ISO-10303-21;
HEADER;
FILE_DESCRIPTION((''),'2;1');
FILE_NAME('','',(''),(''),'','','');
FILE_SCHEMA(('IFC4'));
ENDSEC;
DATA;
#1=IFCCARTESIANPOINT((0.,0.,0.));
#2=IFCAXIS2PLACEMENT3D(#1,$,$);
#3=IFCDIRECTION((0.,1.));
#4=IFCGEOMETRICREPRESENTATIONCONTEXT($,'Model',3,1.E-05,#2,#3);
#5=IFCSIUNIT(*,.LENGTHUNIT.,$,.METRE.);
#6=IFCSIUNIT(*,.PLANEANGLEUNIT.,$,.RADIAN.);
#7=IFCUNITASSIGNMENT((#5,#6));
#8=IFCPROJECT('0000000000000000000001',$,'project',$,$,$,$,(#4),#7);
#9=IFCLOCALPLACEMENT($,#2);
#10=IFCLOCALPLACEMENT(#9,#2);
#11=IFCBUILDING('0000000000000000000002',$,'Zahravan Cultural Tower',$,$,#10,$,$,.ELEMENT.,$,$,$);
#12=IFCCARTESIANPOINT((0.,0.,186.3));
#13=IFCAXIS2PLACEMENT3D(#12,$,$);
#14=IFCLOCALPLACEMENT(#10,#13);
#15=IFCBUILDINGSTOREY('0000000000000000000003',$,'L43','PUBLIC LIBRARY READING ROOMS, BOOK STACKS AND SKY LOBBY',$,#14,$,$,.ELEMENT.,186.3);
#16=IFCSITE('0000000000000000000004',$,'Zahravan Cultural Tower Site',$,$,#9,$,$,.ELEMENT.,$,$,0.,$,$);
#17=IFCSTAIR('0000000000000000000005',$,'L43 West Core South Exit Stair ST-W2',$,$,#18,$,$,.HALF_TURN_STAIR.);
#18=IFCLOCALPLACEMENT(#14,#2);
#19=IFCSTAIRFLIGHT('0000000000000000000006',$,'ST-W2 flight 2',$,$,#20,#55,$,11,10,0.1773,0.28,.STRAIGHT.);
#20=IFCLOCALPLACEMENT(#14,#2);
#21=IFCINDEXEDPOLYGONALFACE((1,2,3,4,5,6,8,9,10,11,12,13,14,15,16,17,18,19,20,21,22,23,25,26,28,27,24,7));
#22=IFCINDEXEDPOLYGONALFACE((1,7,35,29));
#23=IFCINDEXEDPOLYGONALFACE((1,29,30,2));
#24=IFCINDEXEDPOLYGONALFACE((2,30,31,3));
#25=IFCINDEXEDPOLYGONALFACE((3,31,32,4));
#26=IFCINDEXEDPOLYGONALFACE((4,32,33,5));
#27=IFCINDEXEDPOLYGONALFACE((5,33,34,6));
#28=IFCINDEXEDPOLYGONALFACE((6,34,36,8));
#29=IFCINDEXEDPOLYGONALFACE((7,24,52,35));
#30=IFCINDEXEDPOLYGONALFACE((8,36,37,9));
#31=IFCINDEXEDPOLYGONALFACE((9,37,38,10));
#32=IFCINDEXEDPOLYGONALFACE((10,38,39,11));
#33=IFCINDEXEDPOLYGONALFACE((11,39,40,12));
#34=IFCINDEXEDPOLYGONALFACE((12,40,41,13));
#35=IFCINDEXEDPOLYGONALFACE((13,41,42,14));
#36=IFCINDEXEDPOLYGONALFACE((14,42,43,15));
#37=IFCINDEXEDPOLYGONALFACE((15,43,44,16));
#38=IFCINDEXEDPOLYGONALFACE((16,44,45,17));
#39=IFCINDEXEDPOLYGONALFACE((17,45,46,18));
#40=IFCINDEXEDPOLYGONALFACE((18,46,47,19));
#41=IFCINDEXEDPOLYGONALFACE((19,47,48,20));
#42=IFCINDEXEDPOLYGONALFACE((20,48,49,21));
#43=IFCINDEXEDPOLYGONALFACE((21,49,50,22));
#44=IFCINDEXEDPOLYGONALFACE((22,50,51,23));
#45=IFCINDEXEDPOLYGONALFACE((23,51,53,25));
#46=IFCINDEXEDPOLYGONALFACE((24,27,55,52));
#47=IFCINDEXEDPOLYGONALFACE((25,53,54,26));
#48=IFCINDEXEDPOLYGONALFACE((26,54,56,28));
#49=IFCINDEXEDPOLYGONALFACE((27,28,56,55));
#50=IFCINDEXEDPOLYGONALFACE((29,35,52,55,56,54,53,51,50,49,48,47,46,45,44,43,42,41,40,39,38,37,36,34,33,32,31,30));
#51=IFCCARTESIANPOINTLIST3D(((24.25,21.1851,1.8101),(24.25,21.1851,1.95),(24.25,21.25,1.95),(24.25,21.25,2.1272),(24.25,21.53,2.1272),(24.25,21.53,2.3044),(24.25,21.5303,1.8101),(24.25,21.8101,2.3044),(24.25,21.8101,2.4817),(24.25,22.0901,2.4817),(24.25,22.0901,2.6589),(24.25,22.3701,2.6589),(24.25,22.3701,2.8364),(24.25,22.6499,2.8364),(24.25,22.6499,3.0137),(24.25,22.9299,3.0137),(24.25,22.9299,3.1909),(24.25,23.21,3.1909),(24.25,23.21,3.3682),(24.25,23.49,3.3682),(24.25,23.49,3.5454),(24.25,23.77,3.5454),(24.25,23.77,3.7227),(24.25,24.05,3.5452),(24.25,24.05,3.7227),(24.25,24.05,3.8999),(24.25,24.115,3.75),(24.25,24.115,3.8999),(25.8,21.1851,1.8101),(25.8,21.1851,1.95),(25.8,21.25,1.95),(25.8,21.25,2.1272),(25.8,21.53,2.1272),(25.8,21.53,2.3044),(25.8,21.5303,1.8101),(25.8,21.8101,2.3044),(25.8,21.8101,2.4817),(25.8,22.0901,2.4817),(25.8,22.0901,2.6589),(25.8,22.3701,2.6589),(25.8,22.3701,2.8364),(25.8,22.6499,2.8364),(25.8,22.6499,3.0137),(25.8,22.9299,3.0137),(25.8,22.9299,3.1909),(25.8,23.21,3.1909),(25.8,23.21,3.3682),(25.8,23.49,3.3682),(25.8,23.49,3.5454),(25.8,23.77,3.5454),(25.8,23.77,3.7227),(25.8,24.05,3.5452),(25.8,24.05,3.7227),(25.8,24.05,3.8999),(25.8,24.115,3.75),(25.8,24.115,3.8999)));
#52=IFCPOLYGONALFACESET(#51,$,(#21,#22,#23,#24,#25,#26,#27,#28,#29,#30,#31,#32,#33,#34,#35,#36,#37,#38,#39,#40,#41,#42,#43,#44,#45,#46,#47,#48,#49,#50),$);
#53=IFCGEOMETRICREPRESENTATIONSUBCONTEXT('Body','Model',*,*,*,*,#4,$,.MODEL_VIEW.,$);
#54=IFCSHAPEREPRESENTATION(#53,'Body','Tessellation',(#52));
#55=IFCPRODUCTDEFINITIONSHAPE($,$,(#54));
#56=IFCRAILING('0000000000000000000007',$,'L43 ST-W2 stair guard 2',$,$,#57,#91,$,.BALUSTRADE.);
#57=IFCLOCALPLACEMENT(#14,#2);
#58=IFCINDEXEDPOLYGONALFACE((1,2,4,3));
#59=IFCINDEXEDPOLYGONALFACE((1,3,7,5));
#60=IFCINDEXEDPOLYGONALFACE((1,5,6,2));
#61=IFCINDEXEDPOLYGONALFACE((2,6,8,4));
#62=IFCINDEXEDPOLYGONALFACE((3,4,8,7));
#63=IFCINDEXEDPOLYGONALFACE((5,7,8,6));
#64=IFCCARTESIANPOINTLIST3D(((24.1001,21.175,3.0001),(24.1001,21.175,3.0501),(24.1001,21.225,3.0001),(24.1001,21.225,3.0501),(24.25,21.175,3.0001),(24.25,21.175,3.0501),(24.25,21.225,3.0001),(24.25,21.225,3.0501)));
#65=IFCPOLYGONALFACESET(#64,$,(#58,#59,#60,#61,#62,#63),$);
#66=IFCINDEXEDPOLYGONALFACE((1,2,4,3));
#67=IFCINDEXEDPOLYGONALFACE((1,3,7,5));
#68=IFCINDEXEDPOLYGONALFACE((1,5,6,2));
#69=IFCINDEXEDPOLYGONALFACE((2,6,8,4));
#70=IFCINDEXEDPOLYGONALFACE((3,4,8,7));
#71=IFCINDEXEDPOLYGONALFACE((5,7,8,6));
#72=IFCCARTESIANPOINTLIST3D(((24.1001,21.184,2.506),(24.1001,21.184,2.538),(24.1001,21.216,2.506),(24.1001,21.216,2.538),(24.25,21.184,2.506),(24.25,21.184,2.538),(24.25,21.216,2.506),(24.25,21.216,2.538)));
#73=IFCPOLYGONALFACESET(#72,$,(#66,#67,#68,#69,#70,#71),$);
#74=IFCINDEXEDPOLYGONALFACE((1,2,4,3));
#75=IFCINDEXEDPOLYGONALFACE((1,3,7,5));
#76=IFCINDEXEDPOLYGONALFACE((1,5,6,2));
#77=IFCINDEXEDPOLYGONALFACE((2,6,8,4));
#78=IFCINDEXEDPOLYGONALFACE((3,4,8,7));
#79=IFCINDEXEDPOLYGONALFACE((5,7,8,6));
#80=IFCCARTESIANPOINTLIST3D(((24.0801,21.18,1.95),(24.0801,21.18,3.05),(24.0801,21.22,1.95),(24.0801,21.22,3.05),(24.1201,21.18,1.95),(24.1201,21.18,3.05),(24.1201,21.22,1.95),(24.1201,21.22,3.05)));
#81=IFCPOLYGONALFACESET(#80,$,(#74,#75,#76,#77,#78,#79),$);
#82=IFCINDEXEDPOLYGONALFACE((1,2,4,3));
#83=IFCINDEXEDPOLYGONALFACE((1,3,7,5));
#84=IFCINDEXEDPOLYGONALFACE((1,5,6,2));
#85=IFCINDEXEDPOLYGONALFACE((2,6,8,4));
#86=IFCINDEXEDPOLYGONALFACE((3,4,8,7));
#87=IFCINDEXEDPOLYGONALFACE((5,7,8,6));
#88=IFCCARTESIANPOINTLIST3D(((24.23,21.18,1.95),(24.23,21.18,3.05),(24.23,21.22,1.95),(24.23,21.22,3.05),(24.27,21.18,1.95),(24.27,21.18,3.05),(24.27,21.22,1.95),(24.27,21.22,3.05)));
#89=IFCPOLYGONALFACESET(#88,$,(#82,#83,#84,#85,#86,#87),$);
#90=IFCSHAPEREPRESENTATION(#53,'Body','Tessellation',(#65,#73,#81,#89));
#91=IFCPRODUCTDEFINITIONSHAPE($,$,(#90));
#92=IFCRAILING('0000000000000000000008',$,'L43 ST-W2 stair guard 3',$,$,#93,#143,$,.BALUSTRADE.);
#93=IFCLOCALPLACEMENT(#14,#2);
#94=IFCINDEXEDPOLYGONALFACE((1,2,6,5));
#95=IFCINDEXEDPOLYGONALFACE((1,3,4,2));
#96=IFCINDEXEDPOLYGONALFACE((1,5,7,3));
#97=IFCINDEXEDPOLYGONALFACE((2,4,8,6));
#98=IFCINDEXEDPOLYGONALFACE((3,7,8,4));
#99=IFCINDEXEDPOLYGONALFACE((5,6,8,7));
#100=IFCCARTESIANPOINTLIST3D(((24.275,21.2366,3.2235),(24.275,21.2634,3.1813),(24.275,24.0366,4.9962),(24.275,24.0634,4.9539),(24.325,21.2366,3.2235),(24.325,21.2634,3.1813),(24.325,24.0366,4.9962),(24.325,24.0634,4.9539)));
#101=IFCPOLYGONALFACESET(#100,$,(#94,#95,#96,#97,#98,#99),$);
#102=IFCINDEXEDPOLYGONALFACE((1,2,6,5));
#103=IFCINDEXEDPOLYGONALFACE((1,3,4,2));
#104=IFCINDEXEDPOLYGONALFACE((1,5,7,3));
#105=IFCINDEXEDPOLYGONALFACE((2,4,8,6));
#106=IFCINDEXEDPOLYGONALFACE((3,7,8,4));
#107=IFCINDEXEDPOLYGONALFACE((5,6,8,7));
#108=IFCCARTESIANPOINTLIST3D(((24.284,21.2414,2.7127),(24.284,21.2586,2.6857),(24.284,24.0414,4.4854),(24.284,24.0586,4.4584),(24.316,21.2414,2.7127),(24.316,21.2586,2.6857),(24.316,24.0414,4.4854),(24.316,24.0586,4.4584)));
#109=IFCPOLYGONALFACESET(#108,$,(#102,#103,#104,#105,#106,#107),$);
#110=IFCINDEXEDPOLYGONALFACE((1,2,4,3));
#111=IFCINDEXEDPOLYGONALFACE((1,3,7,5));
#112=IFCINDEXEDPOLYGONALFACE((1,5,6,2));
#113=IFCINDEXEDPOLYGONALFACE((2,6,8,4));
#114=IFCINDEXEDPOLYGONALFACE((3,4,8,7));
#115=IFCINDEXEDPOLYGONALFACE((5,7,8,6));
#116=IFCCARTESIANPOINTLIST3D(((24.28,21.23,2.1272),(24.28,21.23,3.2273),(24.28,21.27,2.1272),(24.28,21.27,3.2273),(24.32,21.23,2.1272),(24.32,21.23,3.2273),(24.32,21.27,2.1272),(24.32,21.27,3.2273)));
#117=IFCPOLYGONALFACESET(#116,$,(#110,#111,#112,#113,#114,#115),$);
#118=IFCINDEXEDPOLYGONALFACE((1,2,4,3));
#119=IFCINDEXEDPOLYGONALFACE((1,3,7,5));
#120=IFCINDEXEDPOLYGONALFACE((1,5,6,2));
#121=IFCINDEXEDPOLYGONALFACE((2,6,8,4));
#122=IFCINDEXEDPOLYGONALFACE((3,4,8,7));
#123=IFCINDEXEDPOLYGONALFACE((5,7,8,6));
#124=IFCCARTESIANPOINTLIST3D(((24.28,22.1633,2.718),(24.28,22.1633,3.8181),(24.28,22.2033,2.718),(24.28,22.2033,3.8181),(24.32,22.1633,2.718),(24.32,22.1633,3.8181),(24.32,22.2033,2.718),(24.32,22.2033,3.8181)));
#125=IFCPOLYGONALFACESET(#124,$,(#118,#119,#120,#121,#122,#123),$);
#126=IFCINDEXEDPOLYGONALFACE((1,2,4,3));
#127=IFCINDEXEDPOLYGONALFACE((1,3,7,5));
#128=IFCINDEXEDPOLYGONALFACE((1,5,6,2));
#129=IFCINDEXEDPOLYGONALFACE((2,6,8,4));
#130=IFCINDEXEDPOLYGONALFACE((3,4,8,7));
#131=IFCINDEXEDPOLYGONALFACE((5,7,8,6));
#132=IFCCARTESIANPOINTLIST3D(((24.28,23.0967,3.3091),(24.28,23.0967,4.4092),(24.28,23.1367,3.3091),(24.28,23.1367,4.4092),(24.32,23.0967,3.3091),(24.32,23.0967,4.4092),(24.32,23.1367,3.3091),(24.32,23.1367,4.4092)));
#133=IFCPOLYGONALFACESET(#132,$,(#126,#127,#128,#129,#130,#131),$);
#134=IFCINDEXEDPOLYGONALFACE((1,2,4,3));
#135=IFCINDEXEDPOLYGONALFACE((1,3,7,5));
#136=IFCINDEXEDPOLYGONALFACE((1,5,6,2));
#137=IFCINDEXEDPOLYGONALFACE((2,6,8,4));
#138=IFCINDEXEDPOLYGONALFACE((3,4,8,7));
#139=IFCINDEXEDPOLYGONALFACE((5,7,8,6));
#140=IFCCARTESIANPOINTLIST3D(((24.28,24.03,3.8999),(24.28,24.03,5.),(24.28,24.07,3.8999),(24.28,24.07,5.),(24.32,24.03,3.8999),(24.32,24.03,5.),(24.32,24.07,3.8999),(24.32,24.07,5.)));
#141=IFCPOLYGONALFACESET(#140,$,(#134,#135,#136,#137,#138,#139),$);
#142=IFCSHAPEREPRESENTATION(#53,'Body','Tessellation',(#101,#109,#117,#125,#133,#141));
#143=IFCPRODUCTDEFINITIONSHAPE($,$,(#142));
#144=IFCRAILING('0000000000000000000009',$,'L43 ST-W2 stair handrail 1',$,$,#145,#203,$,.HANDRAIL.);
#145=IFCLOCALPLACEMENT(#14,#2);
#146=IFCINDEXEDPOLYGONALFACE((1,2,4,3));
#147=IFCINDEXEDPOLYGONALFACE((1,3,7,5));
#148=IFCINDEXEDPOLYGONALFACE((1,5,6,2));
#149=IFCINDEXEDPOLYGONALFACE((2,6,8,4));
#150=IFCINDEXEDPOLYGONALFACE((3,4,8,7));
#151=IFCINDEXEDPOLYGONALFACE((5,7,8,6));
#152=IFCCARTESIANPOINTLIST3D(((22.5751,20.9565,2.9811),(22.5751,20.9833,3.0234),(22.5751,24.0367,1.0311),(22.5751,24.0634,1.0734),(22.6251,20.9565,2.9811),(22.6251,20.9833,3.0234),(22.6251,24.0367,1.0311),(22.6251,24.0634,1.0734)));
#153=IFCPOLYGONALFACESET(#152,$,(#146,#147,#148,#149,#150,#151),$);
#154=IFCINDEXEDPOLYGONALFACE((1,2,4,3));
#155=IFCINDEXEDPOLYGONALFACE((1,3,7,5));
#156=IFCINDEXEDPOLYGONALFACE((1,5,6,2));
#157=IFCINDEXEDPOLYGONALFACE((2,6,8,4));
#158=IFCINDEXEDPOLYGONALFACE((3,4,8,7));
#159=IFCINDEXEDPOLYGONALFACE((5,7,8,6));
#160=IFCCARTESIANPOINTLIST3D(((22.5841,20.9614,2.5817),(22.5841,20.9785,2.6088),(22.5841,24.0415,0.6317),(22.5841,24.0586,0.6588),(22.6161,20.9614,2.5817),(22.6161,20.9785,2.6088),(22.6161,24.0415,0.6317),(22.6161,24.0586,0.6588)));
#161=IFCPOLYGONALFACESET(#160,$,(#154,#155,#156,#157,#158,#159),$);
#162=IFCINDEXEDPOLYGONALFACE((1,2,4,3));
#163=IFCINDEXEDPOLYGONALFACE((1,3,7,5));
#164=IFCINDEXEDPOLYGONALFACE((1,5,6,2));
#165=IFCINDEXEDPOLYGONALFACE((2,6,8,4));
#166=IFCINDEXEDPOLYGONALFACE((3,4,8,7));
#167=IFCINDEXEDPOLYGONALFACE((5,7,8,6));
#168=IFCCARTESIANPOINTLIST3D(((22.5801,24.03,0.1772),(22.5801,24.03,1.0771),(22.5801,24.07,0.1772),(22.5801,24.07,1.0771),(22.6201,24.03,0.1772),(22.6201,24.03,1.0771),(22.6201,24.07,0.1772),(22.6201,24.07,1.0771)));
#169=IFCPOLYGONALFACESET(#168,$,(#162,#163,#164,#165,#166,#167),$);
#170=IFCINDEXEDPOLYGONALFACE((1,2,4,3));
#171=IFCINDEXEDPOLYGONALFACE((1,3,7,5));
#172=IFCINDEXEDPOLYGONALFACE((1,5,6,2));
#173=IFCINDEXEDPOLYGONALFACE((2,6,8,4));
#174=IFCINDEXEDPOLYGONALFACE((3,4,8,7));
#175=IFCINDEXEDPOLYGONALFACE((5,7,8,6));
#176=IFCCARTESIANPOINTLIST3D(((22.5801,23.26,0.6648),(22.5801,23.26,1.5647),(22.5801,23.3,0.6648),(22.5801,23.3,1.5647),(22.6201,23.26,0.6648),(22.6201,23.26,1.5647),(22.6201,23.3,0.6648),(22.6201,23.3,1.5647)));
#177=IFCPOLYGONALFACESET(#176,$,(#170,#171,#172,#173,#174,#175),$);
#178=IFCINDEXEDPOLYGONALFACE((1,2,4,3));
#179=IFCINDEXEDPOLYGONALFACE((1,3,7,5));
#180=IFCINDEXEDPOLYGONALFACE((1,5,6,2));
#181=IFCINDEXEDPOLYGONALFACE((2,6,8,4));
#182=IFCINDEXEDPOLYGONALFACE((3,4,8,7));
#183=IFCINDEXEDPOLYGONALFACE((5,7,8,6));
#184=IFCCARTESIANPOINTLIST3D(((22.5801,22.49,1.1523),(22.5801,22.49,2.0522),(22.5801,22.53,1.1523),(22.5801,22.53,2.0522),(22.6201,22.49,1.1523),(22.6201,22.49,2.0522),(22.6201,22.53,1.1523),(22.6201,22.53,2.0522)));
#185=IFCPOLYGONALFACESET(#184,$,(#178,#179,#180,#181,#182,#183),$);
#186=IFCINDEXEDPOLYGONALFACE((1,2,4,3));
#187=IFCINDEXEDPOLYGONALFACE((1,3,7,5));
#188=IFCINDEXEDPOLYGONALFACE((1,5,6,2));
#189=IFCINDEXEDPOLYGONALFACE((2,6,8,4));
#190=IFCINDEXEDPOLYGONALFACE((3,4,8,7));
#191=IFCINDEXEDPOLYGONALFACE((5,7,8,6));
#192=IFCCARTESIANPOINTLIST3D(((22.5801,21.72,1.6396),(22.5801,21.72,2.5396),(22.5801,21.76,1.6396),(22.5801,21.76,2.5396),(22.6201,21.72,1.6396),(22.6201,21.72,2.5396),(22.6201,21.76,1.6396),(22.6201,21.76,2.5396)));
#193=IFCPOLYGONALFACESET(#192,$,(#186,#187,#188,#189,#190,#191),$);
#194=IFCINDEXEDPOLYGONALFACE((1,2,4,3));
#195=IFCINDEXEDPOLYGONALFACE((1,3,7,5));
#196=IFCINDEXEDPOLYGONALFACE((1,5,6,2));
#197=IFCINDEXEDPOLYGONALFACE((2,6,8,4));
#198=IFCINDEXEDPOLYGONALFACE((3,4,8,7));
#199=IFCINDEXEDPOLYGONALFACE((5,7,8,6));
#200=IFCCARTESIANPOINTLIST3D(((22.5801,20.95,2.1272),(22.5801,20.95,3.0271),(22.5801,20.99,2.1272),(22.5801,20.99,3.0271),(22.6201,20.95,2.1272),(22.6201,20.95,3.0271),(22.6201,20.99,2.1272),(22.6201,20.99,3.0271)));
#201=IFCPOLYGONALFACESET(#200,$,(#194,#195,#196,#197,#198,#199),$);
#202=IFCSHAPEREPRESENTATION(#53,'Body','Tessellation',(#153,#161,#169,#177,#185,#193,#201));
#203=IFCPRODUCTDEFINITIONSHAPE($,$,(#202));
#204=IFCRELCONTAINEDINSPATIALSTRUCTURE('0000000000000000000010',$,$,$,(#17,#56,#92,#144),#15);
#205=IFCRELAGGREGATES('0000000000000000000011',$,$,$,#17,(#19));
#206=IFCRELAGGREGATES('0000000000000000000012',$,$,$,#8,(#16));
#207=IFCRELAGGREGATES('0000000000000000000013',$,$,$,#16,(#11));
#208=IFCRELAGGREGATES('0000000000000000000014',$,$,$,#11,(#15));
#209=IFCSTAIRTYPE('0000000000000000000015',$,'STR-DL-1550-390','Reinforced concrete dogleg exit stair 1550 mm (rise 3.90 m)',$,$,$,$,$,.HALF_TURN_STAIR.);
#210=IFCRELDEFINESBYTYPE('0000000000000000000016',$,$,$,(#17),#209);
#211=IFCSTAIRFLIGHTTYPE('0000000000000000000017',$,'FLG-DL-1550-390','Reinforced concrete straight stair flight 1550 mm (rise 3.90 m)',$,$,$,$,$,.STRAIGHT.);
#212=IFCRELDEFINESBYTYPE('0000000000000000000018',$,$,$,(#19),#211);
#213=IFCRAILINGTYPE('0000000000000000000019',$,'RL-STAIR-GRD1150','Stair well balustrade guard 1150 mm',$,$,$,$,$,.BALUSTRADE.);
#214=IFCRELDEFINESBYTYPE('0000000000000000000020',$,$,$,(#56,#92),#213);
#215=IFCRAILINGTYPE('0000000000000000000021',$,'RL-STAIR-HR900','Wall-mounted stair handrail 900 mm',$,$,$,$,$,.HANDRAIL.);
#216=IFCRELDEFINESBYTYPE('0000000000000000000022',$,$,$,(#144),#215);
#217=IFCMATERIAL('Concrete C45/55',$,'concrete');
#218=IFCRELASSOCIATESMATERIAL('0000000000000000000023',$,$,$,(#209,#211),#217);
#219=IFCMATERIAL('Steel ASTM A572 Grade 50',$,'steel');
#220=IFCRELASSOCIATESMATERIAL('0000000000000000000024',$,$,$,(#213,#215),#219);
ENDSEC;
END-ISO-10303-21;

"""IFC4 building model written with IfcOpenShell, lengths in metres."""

from ifc_helpers import new_model, si_unit, direction, frame, origin, origin_2d, place, context, subcontext, project, spatial, polyline, rectangle, outline, extrude, material, type_object, element, aggregate, save


model = new_model("IFC4")

# Units and contexts
model_context = context("Model", 3, precision=1e-05, world=origin(), true_north=direction((0.0, 1.0)))
body_context = subcontext(model_context, "Body", "Model", "MODEL_VIEW")
ifc_project = project(units=[si_unit("LENGTHUNIT", "METRE"), si_unit("PLANEANGLEUNIT", "RADIAN")], contexts=[model_context])

# Site, building, storey
site_placement = place(None, origin())
site = spatial("IfcSite", under=ifc_project, at=site_placement, Name="Zahravan Cultural Tower Site", CompositionType="ELEMENT", RefElevation=0.0)
building_placement = place(site_placement, origin())
building = spatial("IfcBuilding", under=site, at=building_placement, Name="Zahravan Cultural Tower", CompositionType="ELEMENT")
storey_placement = place(building_placement, frame((0.0, 0.0, 186.3)))
storey = spatial("IfcBuildingStorey", under=building, at=storey_placement, Name="L43", Description="PUBLIC LIBRARY READING ROOMS, BOOK STACKS AND SKY LOBBY", CompositionType="ELEMENT", Elevation=186.3)

# Shared definitions
ifc_material_1 = material(Name="Concrete C45/55", Category="concrete")
ifc_material_2 = material(Name="Steel ASTM A572 Grade 50", Category="steel")

# Stair, stair flight
stair_type = type_object("IfcStairType", Name="STR-DL-1550-390", Description="Reinforced concrete dogleg exit stair 1550 mm (rise 3.90 m)", PredefinedType="HALF_TURN_STAIR", material=ifc_material_1)
stair_placement = place(storey_placement, origin())
stair = element("IfcStair", 1, at=stair_placement, inside=storey, type_object=stair_type, Name="L43 West Core South Exit Stair ST-W2", PredefinedType="HALF_TURN_STAIR")
stair_flight_type = type_object("IfcStairFlightType", Name="FLG-DL-1550-390", Description="Reinforced concrete straight stair flight 1550 mm (rise 3.90 m)", PredefinedType="STRAIGHT", material=ifc_material_1)
stair_flight_1_placement = place(storey_placement, frame((25.0249, 21.25, 1.95), z_axis=(0.0, 0.0, 1.0), x_axis=(0.0, 1.0, 0.0)))
stair_flight_1 = element("IfcStairFlight", 2, at=stair_flight_1_placement, type_object=stair_flight_type, Name="ST-W2 flight 2", NumberOfRisers=11, NumberOfTreads=10, PredefinedType="STRAIGHT", RiserHeight=0.1773, TreadLength=0.28, context=body_context, shape_type="SweptSolid", body=[
    extrude(outline(polyline([(-0.0649, -0.1399), (-0.0649, 0.0), (0.0, 0.0), (0.0, 0.1772), (0.28, 0.1772), (0.28, 0.3545), (0.5601, 0.3545), (0.5601, 0.5317), (0.8401, 0.5317), (0.8401, 0.709), (1.1201, 0.709), (1.1201, 0.8865), (1.3999, 0.8865), (1.3999, 1.0637), (1.6799, 1.0637), (1.6799, 1.241), (1.96, 1.241), (1.96, 1.4182), (2.24, 1.4182), (2.24, 1.5955), (2.52, 1.5955), (2.52, 1.7727), (2.8, 1.7727), (2.8, 1.95), (2.865, 1.95), (2.865, 1.8), (2.8, 1.5952), (0.2803, -0.1399), (-0.0649, -0.1399)])), frame((0.0, 0.7749, 0.0), z_axis=(0.0, -1.0, 0.0), x_axis=(1.0, 0.0, 0.0)), (0.0, 0.0, 1.0), 1.55),
])
aggregate(stair, [stair_flight_1])

# Railings
railing_type_1 = type_object("IfcRailingType", Name="RL-STAIR-GRD1150", Description="Stair well balustrade guard 1150 mm", PredefinedType="BALUSTRADE", material=ifc_material_2)
railing_1_placement = place(storey_placement, frame((24.1001, 21.2, 1.95)))
element("IfcRailing", 3, at=railing_1_placement, inside=storey, type_object=railing_type_1, Name="L43 ST-W2 stair guard 2", PredefinedType="BALUSTRADE", context=body_context, shape_type="SweptSolid", body=[
    extrude(rectangle(XDim=0.05, YDim=0.05, at=origin_2d()), frame((0.0, 0.0, 1.0752), z_axis=(1.0, 0.0, 0.0), x_axis=(0.0, 1.0, 0.0)), (0.0, 0.0, 1.0), 0.1499),
    extrude(rectangle(XDim=0.032, YDim=0.032, at=origin_2d()), frame((0.0, 0.0, 0.572), z_axis=(1.0, 0.0, 0.0), x_axis=(0.0, 1.0, 0.0)), (0.0, 0.0, 1.0), 0.1499),
    extrude(rectangle(XDim=0.04, YDim=0.04, at=origin_2d()), origin(), (0.0, 0.0, 1.0), 1.1001),
    extrude(rectangle(XDim=0.04, YDim=0.04, at=origin_2d()), frame((0.1499, 0.0, 0.0)), (0.0, 0.0, 1.0), 1.1001),
])
railing_2_placement = place(storey_placement, frame((24.3, 21.25, 2.1272)))
element("IfcRailing", 4, at=railing_2_placement, inside=storey, type_object=railing_type_1, Name="L43 ST-W2 stair guard 3", PredefinedType="BALUSTRADE", context=body_context, shape_type="SweptSolid", body=[
    extrude(rectangle(XDim=0.05, YDim=0.05, at=origin_2d()), frame((0.0, 0.0, 1.0752), z_axis=(0.0, 0.844909, 0.53491), x_axis=(-1.0, 0.0, 0.0)), (0.0, 0.0, 1.0), 3.314),
    extrude(rectangle(XDim=0.032, YDim=0.032, at=origin_2d()), frame((0.0, 0.0, 0.572), z_axis=(0.0, 0.844909, 0.53491), x_axis=(-1.0, 0.0, 0.0)), (0.0, 0.0, 1.0), 3.314),
    extrude(rectangle(XDim=0.04, YDim=0.04, at=origin_2d()), origin(), (0.0, 0.0, 1.0), 1.1001),
    extrude(rectangle(XDim=0.04, YDim=0.04, at=origin_2d()), frame((0.0, 0.9333, 0.5908)), (0.0, 0.0, 1.0), 1.1001),
    extrude(rectangle(XDim=0.04, YDim=0.04, at=origin_2d()), frame((0.0, 1.8667, 1.1819)), (0.0, 0.0, 1.0), 1.1001),
    extrude(rectangle(XDim=0.04, YDim=0.04, at=origin_2d()), frame((0.0, 2.8, 1.7727)), (0.0, 0.0, 1.0), 1.1001),
])
railing_type_2 = type_object("IfcRailingType", Name="RL-STAIR-HR900", Description="Wall-mounted stair handrail 900 mm", PredefinedType="HANDRAIL", material=ifc_material_2)
railing_3_placement = place(storey_placement, frame((22.6001, 24.05, 0.1772)))
element("IfcRailing", 5, at=railing_3_placement, inside=storey, type_object=railing_type_2, Name="L43 ST-W2 stair handrail 1", PredefinedType="HANDRAIL", context=body_context, shape_type="SweptSolid", body=[
    extrude(rectangle(XDim=0.05, YDim=0.05, at=origin_2d()), frame((0.0, 0.0, 0.875), z_axis=(0.0, -0.844914, 0.534902), x_axis=(1.0, 0.0, 0.0)), (0.0, 0.0, 1.0), 3.6455),
    extrude(rectangle(XDim=0.032, YDim=0.032, at=origin_2d()), frame((0.0, 0.0, 0.468), z_axis=(0.0, -0.844914, 0.534902), x_axis=(1.0, 0.0, 0.0)), (0.0, 0.0, 1.0), 3.6455),
    extrude(rectangle(XDim=0.04, YDim=0.04, at=origin_2d()), origin(), (0.0, 0.0, 1.0), 0.8999),
    extrude(rectangle(XDim=0.04, YDim=0.04, at=origin_2d()), frame((0.0, -0.77, 0.4875)), (0.0, 0.0, 1.0), 0.8999),
    extrude(rectangle(XDim=0.04, YDim=0.04, at=origin_2d()), frame((0.0, -1.54, 0.9751)), (0.0, 0.0, 1.0), 0.8999),
    extrude(rectangle(XDim=0.04, YDim=0.04, at=origin_2d()), frame((0.0, -2.3101, 1.4624)), (0.0, 0.0, 1.0), 0.8999),
    extrude(rectangle(XDim=0.04, YDim=0.04, at=origin_2d()), frame((0.0, -3.0801, 1.95)), (0.0, 0.0, 1.0), 0.8999),
])

save(model, "model.ifc")
